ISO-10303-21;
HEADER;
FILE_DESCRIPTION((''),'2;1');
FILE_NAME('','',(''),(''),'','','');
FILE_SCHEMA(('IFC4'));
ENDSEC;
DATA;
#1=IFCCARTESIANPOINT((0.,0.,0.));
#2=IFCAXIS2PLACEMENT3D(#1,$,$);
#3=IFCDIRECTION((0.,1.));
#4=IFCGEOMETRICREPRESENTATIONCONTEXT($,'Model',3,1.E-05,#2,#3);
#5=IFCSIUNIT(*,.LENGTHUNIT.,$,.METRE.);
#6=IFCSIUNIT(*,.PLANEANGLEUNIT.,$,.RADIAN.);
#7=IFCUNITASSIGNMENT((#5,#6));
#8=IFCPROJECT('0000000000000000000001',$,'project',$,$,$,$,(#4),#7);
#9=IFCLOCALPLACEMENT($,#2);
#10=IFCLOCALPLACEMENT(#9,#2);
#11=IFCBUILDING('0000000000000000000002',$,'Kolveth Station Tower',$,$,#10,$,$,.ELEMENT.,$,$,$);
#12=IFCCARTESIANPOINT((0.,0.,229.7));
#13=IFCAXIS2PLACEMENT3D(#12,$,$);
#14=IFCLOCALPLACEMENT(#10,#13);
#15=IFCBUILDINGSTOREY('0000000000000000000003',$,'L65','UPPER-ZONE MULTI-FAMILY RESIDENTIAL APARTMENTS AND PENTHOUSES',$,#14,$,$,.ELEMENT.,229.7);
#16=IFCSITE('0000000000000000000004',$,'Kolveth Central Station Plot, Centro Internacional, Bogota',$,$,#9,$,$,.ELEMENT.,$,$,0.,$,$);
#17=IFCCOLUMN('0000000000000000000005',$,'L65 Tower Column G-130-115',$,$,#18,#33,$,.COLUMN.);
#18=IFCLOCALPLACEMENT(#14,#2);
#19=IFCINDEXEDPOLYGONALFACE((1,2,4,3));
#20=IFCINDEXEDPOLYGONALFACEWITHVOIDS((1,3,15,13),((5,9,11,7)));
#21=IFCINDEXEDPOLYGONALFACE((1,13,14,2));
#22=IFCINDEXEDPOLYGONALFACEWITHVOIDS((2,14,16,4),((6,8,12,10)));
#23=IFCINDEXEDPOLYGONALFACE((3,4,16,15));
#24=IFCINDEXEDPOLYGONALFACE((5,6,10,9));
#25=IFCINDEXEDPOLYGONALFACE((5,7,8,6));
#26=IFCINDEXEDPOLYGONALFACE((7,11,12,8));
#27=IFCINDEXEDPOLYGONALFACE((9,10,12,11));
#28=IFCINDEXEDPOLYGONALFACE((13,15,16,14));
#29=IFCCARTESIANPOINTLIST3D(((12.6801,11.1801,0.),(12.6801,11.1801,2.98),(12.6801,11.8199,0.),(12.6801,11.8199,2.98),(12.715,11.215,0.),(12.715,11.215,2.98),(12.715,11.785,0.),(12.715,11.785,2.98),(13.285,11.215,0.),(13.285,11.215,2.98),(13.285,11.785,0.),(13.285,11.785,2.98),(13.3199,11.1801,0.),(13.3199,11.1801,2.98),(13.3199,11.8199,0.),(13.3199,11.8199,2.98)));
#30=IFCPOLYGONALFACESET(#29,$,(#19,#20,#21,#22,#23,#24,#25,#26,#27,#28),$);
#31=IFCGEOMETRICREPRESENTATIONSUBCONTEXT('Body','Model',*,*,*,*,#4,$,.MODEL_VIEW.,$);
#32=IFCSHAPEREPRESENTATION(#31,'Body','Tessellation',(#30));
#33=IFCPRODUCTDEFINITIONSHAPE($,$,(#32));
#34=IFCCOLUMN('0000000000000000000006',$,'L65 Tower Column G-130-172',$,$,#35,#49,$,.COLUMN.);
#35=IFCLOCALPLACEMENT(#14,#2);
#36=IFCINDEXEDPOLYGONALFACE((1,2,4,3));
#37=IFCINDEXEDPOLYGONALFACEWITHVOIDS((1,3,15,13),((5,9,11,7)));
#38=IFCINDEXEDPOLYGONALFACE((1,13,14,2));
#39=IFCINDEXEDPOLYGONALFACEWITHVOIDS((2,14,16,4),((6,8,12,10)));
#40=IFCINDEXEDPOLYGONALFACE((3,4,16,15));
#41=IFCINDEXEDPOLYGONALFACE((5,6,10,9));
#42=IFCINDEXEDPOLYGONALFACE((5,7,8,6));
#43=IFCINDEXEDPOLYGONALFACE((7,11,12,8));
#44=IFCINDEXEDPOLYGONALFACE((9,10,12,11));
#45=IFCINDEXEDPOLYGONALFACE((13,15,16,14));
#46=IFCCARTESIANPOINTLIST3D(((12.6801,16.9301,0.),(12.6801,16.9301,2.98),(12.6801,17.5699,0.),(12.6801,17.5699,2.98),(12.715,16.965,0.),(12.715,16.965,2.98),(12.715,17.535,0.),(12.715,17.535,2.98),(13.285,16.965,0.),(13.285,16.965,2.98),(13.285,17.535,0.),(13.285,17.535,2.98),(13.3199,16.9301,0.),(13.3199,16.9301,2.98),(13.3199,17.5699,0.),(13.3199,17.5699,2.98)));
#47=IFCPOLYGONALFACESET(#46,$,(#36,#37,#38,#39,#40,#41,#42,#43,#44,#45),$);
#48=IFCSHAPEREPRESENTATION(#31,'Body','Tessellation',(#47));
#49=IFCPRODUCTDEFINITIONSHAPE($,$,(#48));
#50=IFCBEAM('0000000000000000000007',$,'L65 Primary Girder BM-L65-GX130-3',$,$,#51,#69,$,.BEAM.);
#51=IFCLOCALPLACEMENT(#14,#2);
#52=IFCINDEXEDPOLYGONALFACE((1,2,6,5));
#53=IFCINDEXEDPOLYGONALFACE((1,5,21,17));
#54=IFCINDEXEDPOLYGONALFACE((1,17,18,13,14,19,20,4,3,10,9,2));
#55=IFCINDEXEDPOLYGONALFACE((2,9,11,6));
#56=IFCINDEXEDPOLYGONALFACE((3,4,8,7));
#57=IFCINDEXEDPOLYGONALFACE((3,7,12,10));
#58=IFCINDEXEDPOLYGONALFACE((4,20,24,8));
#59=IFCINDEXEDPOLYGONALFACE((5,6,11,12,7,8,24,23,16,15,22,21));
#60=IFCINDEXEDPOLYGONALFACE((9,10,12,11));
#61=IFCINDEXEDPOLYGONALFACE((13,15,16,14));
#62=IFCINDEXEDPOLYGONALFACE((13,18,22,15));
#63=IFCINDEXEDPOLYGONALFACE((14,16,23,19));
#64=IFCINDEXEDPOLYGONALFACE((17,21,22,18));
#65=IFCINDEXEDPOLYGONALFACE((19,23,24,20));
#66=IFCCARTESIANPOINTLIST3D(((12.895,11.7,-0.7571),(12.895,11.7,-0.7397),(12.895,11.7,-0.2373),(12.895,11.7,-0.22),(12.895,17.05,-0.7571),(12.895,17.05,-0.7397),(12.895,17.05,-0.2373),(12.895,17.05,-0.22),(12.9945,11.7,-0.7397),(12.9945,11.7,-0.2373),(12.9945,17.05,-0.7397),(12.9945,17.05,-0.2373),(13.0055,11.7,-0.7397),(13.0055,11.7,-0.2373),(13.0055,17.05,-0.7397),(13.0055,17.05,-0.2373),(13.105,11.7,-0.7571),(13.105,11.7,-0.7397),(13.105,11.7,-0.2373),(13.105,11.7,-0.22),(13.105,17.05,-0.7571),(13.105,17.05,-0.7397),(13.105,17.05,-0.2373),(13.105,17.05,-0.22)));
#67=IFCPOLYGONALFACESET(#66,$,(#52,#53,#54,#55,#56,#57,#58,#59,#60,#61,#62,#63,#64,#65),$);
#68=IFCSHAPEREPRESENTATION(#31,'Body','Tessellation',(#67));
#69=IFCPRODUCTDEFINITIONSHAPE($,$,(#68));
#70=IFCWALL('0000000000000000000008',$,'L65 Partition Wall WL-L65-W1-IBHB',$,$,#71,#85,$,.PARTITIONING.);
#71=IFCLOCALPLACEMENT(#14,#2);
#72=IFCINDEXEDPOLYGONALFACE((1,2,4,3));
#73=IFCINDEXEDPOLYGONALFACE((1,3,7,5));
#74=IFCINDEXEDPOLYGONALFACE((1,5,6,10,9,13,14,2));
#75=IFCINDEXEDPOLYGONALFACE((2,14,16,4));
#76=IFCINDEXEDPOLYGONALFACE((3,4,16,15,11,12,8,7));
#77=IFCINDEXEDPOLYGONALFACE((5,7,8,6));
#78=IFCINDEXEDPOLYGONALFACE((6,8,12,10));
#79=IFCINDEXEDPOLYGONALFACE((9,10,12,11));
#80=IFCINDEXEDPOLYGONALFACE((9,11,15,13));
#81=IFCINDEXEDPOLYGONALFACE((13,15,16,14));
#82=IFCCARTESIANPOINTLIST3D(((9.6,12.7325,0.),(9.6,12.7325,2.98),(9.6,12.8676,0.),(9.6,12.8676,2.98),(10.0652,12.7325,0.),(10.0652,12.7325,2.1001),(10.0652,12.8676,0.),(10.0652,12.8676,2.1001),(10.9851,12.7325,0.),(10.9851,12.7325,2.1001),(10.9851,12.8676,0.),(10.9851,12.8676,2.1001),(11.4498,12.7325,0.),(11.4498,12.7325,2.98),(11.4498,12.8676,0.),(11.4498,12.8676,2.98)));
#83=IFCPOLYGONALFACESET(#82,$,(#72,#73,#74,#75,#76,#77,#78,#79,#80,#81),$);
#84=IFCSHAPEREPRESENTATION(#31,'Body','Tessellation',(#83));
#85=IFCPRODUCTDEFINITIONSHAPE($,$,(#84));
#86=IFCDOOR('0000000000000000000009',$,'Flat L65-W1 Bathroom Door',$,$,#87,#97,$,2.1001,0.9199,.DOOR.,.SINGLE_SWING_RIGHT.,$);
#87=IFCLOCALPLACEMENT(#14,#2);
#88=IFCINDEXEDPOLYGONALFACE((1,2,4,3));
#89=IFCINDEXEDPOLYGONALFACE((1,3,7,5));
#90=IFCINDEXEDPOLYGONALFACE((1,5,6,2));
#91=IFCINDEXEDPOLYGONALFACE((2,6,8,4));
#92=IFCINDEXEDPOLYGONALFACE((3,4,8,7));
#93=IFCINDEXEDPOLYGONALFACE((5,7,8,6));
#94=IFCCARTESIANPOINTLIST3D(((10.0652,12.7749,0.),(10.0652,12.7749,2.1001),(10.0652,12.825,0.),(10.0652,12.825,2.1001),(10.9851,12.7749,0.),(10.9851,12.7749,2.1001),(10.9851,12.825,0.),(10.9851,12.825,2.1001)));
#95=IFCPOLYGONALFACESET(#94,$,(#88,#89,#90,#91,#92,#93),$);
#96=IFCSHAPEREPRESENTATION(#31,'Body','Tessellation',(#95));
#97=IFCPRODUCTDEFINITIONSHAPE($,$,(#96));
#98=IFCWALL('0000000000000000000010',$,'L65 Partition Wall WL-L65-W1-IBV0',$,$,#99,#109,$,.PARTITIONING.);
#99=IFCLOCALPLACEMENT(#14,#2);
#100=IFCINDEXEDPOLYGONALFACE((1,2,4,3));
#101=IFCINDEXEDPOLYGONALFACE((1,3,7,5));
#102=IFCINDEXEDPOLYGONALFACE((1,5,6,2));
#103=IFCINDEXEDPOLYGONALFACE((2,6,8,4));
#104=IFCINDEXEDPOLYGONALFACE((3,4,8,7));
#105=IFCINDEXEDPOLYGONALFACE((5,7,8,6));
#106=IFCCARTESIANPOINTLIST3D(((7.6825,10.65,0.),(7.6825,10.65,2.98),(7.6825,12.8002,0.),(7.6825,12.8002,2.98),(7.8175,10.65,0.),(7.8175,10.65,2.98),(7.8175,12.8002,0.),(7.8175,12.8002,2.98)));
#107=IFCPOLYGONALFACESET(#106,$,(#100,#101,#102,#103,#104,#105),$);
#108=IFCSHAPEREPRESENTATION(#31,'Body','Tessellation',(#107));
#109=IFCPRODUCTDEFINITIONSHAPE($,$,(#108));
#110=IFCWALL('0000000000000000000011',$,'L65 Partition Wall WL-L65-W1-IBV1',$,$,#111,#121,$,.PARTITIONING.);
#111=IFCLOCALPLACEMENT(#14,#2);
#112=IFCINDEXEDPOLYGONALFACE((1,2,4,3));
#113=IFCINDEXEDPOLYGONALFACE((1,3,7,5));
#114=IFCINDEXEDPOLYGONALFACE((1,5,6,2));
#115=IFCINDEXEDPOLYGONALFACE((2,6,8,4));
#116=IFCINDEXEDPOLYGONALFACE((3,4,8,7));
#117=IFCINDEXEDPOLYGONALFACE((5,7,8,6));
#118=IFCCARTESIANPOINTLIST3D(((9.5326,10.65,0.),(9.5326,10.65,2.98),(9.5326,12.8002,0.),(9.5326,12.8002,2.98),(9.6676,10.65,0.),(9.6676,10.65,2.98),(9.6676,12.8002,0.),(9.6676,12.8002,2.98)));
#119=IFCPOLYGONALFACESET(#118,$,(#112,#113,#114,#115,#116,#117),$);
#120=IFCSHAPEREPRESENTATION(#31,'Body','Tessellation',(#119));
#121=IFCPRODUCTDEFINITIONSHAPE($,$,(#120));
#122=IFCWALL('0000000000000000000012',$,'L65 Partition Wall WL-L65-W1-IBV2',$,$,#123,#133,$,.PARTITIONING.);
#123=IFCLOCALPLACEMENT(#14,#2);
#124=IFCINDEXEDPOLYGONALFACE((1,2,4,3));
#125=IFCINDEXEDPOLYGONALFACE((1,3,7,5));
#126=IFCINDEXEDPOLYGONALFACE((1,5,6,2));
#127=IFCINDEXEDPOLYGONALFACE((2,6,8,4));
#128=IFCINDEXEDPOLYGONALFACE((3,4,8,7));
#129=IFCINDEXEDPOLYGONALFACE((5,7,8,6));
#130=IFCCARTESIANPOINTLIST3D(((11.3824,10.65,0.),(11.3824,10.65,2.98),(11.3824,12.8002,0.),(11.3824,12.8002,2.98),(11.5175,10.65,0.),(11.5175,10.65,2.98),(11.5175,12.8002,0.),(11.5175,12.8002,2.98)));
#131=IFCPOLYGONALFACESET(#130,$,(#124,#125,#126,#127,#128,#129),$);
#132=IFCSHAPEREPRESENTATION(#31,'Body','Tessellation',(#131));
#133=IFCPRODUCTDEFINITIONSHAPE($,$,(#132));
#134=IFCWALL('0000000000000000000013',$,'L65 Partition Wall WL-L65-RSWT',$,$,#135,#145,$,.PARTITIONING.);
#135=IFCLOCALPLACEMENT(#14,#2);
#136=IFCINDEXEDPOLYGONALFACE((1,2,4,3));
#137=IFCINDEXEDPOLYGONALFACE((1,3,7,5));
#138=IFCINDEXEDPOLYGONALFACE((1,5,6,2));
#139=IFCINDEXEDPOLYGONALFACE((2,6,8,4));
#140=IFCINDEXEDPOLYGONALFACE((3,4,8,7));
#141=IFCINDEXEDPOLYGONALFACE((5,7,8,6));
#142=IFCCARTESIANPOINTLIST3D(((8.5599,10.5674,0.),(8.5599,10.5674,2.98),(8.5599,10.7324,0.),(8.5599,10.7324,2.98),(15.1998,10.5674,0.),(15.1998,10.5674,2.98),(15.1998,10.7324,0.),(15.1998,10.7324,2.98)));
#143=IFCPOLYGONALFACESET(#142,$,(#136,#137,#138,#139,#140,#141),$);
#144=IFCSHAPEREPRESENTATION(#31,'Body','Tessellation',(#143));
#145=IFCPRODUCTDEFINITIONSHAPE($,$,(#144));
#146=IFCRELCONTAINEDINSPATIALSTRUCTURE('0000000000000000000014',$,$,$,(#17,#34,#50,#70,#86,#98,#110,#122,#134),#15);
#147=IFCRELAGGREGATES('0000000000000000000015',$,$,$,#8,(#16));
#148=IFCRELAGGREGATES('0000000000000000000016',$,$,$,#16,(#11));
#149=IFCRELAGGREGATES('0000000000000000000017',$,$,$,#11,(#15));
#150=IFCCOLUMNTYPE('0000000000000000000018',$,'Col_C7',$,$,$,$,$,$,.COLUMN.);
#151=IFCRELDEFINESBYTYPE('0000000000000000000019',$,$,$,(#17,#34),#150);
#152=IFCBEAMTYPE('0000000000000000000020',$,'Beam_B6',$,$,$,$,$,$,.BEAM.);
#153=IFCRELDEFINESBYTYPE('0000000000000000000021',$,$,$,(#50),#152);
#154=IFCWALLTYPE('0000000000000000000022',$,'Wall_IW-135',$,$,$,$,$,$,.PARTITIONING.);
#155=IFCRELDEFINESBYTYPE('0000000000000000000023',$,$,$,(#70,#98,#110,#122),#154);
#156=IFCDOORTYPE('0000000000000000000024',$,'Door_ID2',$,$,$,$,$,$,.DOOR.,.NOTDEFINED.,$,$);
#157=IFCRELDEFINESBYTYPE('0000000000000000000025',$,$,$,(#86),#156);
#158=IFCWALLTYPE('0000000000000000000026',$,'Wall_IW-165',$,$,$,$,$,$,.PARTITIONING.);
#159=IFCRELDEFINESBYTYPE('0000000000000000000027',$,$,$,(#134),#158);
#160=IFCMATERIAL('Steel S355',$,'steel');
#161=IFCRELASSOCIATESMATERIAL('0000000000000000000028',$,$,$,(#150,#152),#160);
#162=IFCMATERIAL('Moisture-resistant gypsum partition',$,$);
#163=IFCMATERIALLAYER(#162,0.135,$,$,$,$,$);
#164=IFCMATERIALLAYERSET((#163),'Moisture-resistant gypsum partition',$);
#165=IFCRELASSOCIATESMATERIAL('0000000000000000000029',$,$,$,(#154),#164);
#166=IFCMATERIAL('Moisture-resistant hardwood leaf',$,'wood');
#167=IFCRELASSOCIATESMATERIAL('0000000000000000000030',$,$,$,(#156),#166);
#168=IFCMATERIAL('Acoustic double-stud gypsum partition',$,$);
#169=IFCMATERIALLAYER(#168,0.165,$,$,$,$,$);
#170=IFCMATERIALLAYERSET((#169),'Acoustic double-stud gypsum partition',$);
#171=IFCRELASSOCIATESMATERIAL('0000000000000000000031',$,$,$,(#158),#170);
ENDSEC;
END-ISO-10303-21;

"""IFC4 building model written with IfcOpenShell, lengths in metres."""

from ifc_helpers import new_model, si_unit, direction, frame, frame_2d, origin, origin_2d, place, context, subcontext, project, spatial, rectangle, hollow_rectangle, i_section, extrude, source, transform, mapped, material, layer, layer_set, material_profile, profile_set, type_object, element, fill, save


model = new_model("IFC4")

# Units and contexts
model_context = context("Model", 3, precision=1e-05, world=origin(), true_north=direction((0.0, 1.0)))
body_context = subcontext(model_context, "Body", "Model", "MODEL_VIEW")
ifc_project = project(units=[si_unit("LENGTHUNIT", "METRE"), si_unit("PLANEANGLEUNIT", "RADIAN")], contexts=[model_context])

# Site, building, storey
site_placement = place(None, origin())
site = spatial("IfcSite", under=ifc_project, at=site_placement, Name="Kolveth Central Station Plot, Centro Internacional, Bogota", CompositionType="ELEMENT", RefElevation=0.0)
building_placement = place(site_placement, origin())
building = spatial("IfcBuilding", under=site, at=building_placement, Name="Kolveth Station Tower", CompositionType="ELEMENT")
storey_placement = place(building_placement, frame((0.0, 0.0, 229.7)))
storey = spatial("IfcBuildingStorey", under=building, at=storey_placement, Name="L65", Description="UPPER-ZONE MULTI-FAMILY RESIDENTIAL APARTMENTS AND PENTHOUSES", CompositionType="ELEMENT", Elevation=229.7)

# Columns
ifc_material_1 = material(Name="Steel S355", Category="steel")
ifc_material_profile_1 = material_profile(ifc_material_1, hollow_rectangle(XDim=0.6399, YDim=0.6399, WallThickness=0.0349, at=origin_2d()), Name="BOX640x640x35")
ifc_profile_set_1 = profile_set([ifc_material_profile_1], Name="Steel S355")
column_type = type_object("IfcColumnType", Name="Col_C7", PredefinedType="COLUMN", material=ifc_profile_set_1)
shared_shape_1 = source(origin(), body_context, "Body", "SweptSolid", [
    extrude(hollow_rectangle(XDim=0.6399, YDim=0.6399, WallThickness=0.0349, at=origin_2d()), origin(), (0.0, 0.0, 1.0), 2.98),
])
for number, where, z_axis, x_axis, name in (
    (1, (13.0, 11.5, 0.0), (0.0, 0.0, 1.0), (1.0, 0.0, 0.0), "L65 Tower Column G-130-115"),
    (2, (13.0, 17.25, 0.0), (0.0, 0.0, 1.0), (1.0, 0.0, 0.0), "L65 Tower Column G-130-172"),
):
    element("IfcColumn", number, at=place(storey_placement, frame(where, z_axis=z_axis, x_axis=x_axis)), inside=storey, type_object=column_type, Name=name, PredefinedType="COLUMN", context=body_context, shape_type="MappedRepresentation", body=[
        mapped(shared_shape_1, transform((0.0, 0.0, 0.0), x_axis=(1.0, 0.0, 0.0), y_axis=(0.0, 1.0, 0.0), z_axis=(0.0, 0.0, 1.0), scale=1.0)),
    ])

# Beam
ifc_material_profile_2 = material_profile(ifc_material_1, i_section(OverallWidth=0.21, OverallDepth=0.5371, WebThickness=0.011, FlangeThickness=0.0173, at=origin_2d()), Name="W530x101")
ifc_profile_set_2 = profile_set([ifc_material_profile_2], Name="Steel S355")
beam_type = type_object("IfcBeamType", Name="Beam_B6", PredefinedType="BEAM", material=ifc_profile_set_2)
shared_shape_2 = source(origin(), body_context, "Body", "SweptSolid", [
    extrude(i_section(OverallWidth=0.21, OverallDepth=0.5371, WebThickness=0.011, FlangeThickness=0.0173, at=origin_2d()), origin(), (0.0, 0.0, 1.0), 5.3501),
])
beam_placement = place(storey_placement, frame((13.0, 11.7, -0.4885), z_axis=(0.0, 1.0, 0.0), x_axis=(-1.0, 0.0, 0.0)))
element("IfcBeam", 3, at=beam_placement, inside=storey, type_object=beam_type, Name="L65 Primary Girder BM-L65-GX130-3", PredefinedType="BEAM", context=body_context, shape_type="MappedRepresentation", body=[
    mapped(shared_shape_2, transform((0.0, 0.0, 0.0), x_axis=(1.0, 0.0, 0.0), y_axis=(0.0, 1.0, 0.0), z_axis=(0.0, 0.0, 1.0), scale=1.0)),
])

# Wall, opening, door
ifc_material_2 = material(Name="Moisture-resistant gypsum partition")
ifc_layer_1 = layer(ifc_material_2, 0.135)
ifc_layer_set_1 = layer_set([ifc_layer_1], Name="Moisture-resistant gypsum partition")
wall_type_1 = type_object("IfcWallType", Name="Wall_IW-135", PredefinedType="PARTITIONING", material=ifc_layer_set_1)
wall_1_placement = place(storey_placement, frame((9.6001, 12.8, 0.0), z_axis=(0.0, 0.0, 1.0), x_axis=(1.0, 0.0, 0.0)))
wall_1 = element("IfcWall", 4, at=wall_1_placement, inside=storey, type_object=wall_type_1, Name="L65 Partition Wall WL-L65-W1-IBHB", PredefinedType="PARTITIONING", context=body_context, shape_type="SweptSolid", body=[
    extrude(rectangle(XDim=1.8499, YDim=0.135, at=frame_2d((0.9248, 0.0))), origin(), (0.0, 0.0, 1.0), 2.98),
])
opening_1_placement = place(wall_1_placement, frame((0.4651, 0.0, 0.0)))
opening_1 = element("IfcOpeningElement", 5, at=opening_1_placement, cuts=wall_1, PredefinedType="OPENING", context=body_context, shape_type="SweptSolid", body=[
    extrude(rectangle(XDim=0.9199, YDim=2.1001, at=frame_2d((0.46, 1.05))), frame((0.0, 0.0774, 0.0), z_axis=(0.0, -1.0, 0.0), x_axis=(1.0, 0.0, 0.0)), (0.0, 0.0, 1.0), 0.155),
])
ifc_material_3 = material(Name="Moisture-resistant hardwood leaf", Category="wood")
door_type_1 = type_object("IfcDoorType", Name="Door_ID2", OperationType="NOTDEFINED", PredefinedType="DOOR", material=ifc_material_3)
door_1_placement = place(opening_1_placement, origin())
door_1 = element("IfcDoor", 6, at=door_1_placement, inside=storey, type_object=door_type_1, Name="Flat L65-W1 Bathroom Door", OperationType="SINGLE_SWING_RIGHT", OverallHeight=2.1001, OverallWidth=0.9199, PredefinedType="DOOR", context=body_context, shape_type="SweptSolid", body=[
    extrude(rectangle(XDim=0.9199, YDim=2.1001, at=frame_2d((0.46, 1.05))), frame((0.0, 0.0249, 0.0), z_axis=(0.0, -1.0, 0.0), x_axis=(1.0, 0.0, 0.0)), (0.0, 0.0, 1.0), 0.05),
])
fill(opening_1, door_1)

# Walls
for number, where, z_axis, x_axis, name in (
    (7, (7.75, 10.6499, 0.0), (0.0, 0.0, 1.0), (0.0, 1.0, 0.0), "L65 Partition Wall WL-L65-W1-IBV0"),
    (8, (9.6001, 10.6499, 0.0), (0.0, 0.0, 1.0), (0.0, 1.0, 0.0), "L65 Partition Wall WL-L65-W1-IBV1"),
    (9, (11.45, 10.6499, 0.0), (0.0, 0.0, 1.0), (0.0, 1.0, 0.0), "L65 Partition Wall WL-L65-W1-IBV2"),
):
    element("IfcWall", number, at=place(storey_placement, frame(where, z_axis=z_axis, x_axis=x_axis)), inside=storey, type_object=wall_type_1, Name=name, PredefinedType="PARTITIONING", context=body_context, shape_type="SweptSolid", body=[
        extrude(rectangle(XDim=2.1501, YDim=0.135, at=frame_2d((1.0752, 0.0))), origin(), (0.0, 0.0, 1.0), 2.98),
    ])
ifc_material_4 = material(Name="Acoustic double-stud gypsum partition")
ifc_layer_2 = layer(ifc_material_4, 0.165)
ifc_layer_set_2 = layer_set([ifc_layer_2], Name="Acoustic double-stud gypsum partition")
wall_type_2 = type_object("IfcWallType", Name="Wall_IW-165", PredefinedType="PARTITIONING", material=ifc_layer_set_2)
wall_2_placement = place(storey_placement, frame((8.5601, 10.6499, 0.0), z_axis=(0.0, 0.0, 1.0), x_axis=(1.0, 0.0, 0.0)))
element("IfcWall", 10, at=wall_2_placement, inside=storey, type_object=wall_type_2, Name="L65 Partition Wall WL-L65-RSWT", PredefinedType="PARTITIONING", context=body_context, shape_type="SweptSolid", body=[
    extrude(rectangle(XDim=6.6399, YDim=0.165, at=frame_2d((3.3198, 0.0))), origin(), (0.0, 0.0, 1.0), 2.98),
])

save(model, "model.ifc")
